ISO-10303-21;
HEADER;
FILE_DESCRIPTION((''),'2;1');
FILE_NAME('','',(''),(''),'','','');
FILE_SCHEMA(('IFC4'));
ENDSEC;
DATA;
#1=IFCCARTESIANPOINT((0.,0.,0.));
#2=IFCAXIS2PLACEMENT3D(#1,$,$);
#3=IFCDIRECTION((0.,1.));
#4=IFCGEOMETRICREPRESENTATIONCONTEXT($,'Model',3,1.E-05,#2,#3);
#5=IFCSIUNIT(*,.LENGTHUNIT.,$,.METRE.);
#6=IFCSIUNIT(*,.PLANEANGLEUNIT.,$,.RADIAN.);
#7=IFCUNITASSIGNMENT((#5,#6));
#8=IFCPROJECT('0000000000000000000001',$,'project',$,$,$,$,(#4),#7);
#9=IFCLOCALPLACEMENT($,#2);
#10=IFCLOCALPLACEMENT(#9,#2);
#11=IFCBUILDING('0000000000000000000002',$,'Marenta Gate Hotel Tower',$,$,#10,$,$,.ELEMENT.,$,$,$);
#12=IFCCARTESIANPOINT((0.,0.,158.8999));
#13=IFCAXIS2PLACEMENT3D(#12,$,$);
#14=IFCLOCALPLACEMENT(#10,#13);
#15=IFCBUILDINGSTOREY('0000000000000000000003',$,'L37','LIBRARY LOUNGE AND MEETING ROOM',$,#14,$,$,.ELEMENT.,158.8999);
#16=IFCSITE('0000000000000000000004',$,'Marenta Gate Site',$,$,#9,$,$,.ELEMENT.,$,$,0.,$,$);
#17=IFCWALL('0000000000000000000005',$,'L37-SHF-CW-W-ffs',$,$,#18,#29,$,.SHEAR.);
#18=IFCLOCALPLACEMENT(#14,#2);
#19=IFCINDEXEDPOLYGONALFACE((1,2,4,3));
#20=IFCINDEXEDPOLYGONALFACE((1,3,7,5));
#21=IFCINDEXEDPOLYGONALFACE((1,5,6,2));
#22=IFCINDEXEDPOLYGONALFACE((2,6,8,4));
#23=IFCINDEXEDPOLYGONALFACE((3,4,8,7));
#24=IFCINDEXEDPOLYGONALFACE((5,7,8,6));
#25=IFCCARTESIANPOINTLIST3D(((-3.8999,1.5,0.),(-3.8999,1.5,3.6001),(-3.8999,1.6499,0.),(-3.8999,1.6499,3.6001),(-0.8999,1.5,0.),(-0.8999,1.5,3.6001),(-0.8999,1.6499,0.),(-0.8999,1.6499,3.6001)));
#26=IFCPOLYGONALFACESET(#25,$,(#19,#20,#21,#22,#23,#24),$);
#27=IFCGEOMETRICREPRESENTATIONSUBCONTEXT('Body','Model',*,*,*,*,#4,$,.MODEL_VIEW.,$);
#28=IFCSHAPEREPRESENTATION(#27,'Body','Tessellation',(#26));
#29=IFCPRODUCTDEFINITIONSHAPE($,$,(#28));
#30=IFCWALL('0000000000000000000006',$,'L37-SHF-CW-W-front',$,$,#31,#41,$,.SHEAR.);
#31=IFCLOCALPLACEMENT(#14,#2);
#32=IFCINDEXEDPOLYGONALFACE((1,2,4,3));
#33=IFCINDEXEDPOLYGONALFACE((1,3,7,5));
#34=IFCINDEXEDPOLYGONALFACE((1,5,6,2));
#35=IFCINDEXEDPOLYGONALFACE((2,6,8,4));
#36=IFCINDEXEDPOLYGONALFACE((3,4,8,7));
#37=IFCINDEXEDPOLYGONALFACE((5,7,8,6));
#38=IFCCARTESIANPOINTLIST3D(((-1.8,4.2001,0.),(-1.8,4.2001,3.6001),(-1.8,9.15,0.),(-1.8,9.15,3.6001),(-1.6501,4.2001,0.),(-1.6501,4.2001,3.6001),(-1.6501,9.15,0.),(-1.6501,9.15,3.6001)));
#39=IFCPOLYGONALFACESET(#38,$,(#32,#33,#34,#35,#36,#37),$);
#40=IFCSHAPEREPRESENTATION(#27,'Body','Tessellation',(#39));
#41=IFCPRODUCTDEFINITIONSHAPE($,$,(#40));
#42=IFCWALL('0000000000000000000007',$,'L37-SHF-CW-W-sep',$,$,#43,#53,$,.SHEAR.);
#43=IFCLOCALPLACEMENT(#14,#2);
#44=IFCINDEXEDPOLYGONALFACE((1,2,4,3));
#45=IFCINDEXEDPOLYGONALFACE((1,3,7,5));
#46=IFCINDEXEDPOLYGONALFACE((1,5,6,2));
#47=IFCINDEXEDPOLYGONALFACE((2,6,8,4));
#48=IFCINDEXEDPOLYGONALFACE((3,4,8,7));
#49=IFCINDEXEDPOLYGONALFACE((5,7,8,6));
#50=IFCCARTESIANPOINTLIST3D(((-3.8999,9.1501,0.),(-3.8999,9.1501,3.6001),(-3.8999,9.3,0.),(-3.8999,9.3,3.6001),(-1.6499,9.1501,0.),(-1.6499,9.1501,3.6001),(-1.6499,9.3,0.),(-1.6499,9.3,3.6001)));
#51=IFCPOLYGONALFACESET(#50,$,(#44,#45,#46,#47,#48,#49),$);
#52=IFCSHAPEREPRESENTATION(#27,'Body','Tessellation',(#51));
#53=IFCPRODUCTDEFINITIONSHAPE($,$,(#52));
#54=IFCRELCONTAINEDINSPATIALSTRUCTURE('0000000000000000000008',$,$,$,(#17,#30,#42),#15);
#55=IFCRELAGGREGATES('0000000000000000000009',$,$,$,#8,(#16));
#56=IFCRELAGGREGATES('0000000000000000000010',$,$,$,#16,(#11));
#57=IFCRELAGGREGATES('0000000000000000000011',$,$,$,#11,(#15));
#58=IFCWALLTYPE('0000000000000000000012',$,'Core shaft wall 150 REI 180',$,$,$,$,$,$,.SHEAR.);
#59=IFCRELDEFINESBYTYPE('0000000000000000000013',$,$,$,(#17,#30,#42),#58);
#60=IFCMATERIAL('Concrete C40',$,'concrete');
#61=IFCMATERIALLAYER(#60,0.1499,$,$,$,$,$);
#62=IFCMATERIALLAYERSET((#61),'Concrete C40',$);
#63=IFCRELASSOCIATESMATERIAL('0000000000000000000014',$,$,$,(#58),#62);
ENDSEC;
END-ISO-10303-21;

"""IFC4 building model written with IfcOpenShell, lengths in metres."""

from ifc_helpers import new_model, si_unit, direction, frame, frame_2d, origin, place, context, subcontext, project, spatial, rectangle, extrude, material, layer, layer_set, type_object, element, save


model = new_model("IFC4")

# Units and contexts
model_context = context("Model", 3, precision=1e-05, world=origin(), true_north=direction((0.0, 1.0)))
body_context = subcontext(model_context, "Body", "Model", "MODEL_VIEW")
ifc_project = project(units=[si_unit("LENGTHUNIT", "METRE"), si_unit("PLANEANGLEUNIT", "RADIAN")], contexts=[model_context])

# Site, building, storey
site_placement = place(None, origin())
site = spatial("IfcSite", under=ifc_project, at=site_placement, Name="Marenta Gate Site", CompositionType="ELEMENT", RefElevation=0.0)
building_placement = place(site_placement, origin())
building = spatial("IfcBuilding", under=site, at=building_placement, Name="Marenta Gate Hotel Tower", CompositionType="ELEMENT")
storey_placement = place(building_placement, frame((0.0, 0.0, 158.8999)))
storey = spatial("IfcBuildingStorey", under=building, at=storey_placement, Name="L37", Description="LIBRARY LOUNGE AND MEETING ROOM", CompositionType="ELEMENT", Elevation=158.8999)

# Shared definitions
ifc_material_1 = material(Name="Concrete C40", Category="concrete")
ifc_layer_1 = layer(ifc_material_1, 0.1499)
ifc_layer_set_1 = layer_set([ifc_layer_1], Name="Concrete C40")
wall_type_1 = type_object("IfcWallType", Name="Core shaft wall 150 REI 180", PredefinedType="SHEAR", material=ifc_layer_set_1)

# Walls
wall_1_placement = place(storey_placement, frame((-3.8999, 1.575, 0.0), z_axis=(0.0, 0.0, 1.0), x_axis=(1.0, 0.0, 0.0)))
element("IfcWall", 1, at=wall_1_placement, inside=storey, type_object=wall_type_1, Name="L37-SHF-CW-W-ffs", PredefinedType="SHEAR", context=body_context, shape_type="SweptSolid", body=[
    extrude(rectangle(XDim=3.0, YDim=0.1499, at=frame_2d((1.5, 0.0))), origin(), (0.0, 0.0, 1.0), 3.6001),
])
wall_2_placement = place(storey_placement, frame((-1.7251, 4.2, 0.0), z_axis=(0.0, 0.0, 1.0), x_axis=(0.0, 1.0, 0.0)))
element("IfcWall", 2, at=wall_2_placement, inside=storey, type_object=wall_type_1, Name="L37-SHF-CW-W-front", PredefinedType="SHEAR", context=body_context, shape_type="SweptSolid", body=[
    extrude(rectangle(XDim=4.95, YDim=0.1499, at=frame_2d((2.4751, 0.0))), origin(), (0.0, 0.0, 1.0), 3.6001),
])
wall_3_placement = place(storey_placement, frame((-3.8999, 9.2251, 0.0), z_axis=(0.0, 0.0, 1.0), x_axis=(1.0, 0.0, 0.0)))
element("IfcWall", 3, at=wall_3_placement, inside=storey, type_object=wall_type_1, Name="L37-SHF-CW-W-sep", PredefinedType="SHEAR", context=body_context, shape_type="SweptSolid", body=[
    extrude(rectangle(XDim=2.25, YDim=0.1499, at=frame_2d((1.125, 0.0))), origin(), (0.0, 0.0, 1.0), 3.6001),
])

save(model, "model.ifc")
